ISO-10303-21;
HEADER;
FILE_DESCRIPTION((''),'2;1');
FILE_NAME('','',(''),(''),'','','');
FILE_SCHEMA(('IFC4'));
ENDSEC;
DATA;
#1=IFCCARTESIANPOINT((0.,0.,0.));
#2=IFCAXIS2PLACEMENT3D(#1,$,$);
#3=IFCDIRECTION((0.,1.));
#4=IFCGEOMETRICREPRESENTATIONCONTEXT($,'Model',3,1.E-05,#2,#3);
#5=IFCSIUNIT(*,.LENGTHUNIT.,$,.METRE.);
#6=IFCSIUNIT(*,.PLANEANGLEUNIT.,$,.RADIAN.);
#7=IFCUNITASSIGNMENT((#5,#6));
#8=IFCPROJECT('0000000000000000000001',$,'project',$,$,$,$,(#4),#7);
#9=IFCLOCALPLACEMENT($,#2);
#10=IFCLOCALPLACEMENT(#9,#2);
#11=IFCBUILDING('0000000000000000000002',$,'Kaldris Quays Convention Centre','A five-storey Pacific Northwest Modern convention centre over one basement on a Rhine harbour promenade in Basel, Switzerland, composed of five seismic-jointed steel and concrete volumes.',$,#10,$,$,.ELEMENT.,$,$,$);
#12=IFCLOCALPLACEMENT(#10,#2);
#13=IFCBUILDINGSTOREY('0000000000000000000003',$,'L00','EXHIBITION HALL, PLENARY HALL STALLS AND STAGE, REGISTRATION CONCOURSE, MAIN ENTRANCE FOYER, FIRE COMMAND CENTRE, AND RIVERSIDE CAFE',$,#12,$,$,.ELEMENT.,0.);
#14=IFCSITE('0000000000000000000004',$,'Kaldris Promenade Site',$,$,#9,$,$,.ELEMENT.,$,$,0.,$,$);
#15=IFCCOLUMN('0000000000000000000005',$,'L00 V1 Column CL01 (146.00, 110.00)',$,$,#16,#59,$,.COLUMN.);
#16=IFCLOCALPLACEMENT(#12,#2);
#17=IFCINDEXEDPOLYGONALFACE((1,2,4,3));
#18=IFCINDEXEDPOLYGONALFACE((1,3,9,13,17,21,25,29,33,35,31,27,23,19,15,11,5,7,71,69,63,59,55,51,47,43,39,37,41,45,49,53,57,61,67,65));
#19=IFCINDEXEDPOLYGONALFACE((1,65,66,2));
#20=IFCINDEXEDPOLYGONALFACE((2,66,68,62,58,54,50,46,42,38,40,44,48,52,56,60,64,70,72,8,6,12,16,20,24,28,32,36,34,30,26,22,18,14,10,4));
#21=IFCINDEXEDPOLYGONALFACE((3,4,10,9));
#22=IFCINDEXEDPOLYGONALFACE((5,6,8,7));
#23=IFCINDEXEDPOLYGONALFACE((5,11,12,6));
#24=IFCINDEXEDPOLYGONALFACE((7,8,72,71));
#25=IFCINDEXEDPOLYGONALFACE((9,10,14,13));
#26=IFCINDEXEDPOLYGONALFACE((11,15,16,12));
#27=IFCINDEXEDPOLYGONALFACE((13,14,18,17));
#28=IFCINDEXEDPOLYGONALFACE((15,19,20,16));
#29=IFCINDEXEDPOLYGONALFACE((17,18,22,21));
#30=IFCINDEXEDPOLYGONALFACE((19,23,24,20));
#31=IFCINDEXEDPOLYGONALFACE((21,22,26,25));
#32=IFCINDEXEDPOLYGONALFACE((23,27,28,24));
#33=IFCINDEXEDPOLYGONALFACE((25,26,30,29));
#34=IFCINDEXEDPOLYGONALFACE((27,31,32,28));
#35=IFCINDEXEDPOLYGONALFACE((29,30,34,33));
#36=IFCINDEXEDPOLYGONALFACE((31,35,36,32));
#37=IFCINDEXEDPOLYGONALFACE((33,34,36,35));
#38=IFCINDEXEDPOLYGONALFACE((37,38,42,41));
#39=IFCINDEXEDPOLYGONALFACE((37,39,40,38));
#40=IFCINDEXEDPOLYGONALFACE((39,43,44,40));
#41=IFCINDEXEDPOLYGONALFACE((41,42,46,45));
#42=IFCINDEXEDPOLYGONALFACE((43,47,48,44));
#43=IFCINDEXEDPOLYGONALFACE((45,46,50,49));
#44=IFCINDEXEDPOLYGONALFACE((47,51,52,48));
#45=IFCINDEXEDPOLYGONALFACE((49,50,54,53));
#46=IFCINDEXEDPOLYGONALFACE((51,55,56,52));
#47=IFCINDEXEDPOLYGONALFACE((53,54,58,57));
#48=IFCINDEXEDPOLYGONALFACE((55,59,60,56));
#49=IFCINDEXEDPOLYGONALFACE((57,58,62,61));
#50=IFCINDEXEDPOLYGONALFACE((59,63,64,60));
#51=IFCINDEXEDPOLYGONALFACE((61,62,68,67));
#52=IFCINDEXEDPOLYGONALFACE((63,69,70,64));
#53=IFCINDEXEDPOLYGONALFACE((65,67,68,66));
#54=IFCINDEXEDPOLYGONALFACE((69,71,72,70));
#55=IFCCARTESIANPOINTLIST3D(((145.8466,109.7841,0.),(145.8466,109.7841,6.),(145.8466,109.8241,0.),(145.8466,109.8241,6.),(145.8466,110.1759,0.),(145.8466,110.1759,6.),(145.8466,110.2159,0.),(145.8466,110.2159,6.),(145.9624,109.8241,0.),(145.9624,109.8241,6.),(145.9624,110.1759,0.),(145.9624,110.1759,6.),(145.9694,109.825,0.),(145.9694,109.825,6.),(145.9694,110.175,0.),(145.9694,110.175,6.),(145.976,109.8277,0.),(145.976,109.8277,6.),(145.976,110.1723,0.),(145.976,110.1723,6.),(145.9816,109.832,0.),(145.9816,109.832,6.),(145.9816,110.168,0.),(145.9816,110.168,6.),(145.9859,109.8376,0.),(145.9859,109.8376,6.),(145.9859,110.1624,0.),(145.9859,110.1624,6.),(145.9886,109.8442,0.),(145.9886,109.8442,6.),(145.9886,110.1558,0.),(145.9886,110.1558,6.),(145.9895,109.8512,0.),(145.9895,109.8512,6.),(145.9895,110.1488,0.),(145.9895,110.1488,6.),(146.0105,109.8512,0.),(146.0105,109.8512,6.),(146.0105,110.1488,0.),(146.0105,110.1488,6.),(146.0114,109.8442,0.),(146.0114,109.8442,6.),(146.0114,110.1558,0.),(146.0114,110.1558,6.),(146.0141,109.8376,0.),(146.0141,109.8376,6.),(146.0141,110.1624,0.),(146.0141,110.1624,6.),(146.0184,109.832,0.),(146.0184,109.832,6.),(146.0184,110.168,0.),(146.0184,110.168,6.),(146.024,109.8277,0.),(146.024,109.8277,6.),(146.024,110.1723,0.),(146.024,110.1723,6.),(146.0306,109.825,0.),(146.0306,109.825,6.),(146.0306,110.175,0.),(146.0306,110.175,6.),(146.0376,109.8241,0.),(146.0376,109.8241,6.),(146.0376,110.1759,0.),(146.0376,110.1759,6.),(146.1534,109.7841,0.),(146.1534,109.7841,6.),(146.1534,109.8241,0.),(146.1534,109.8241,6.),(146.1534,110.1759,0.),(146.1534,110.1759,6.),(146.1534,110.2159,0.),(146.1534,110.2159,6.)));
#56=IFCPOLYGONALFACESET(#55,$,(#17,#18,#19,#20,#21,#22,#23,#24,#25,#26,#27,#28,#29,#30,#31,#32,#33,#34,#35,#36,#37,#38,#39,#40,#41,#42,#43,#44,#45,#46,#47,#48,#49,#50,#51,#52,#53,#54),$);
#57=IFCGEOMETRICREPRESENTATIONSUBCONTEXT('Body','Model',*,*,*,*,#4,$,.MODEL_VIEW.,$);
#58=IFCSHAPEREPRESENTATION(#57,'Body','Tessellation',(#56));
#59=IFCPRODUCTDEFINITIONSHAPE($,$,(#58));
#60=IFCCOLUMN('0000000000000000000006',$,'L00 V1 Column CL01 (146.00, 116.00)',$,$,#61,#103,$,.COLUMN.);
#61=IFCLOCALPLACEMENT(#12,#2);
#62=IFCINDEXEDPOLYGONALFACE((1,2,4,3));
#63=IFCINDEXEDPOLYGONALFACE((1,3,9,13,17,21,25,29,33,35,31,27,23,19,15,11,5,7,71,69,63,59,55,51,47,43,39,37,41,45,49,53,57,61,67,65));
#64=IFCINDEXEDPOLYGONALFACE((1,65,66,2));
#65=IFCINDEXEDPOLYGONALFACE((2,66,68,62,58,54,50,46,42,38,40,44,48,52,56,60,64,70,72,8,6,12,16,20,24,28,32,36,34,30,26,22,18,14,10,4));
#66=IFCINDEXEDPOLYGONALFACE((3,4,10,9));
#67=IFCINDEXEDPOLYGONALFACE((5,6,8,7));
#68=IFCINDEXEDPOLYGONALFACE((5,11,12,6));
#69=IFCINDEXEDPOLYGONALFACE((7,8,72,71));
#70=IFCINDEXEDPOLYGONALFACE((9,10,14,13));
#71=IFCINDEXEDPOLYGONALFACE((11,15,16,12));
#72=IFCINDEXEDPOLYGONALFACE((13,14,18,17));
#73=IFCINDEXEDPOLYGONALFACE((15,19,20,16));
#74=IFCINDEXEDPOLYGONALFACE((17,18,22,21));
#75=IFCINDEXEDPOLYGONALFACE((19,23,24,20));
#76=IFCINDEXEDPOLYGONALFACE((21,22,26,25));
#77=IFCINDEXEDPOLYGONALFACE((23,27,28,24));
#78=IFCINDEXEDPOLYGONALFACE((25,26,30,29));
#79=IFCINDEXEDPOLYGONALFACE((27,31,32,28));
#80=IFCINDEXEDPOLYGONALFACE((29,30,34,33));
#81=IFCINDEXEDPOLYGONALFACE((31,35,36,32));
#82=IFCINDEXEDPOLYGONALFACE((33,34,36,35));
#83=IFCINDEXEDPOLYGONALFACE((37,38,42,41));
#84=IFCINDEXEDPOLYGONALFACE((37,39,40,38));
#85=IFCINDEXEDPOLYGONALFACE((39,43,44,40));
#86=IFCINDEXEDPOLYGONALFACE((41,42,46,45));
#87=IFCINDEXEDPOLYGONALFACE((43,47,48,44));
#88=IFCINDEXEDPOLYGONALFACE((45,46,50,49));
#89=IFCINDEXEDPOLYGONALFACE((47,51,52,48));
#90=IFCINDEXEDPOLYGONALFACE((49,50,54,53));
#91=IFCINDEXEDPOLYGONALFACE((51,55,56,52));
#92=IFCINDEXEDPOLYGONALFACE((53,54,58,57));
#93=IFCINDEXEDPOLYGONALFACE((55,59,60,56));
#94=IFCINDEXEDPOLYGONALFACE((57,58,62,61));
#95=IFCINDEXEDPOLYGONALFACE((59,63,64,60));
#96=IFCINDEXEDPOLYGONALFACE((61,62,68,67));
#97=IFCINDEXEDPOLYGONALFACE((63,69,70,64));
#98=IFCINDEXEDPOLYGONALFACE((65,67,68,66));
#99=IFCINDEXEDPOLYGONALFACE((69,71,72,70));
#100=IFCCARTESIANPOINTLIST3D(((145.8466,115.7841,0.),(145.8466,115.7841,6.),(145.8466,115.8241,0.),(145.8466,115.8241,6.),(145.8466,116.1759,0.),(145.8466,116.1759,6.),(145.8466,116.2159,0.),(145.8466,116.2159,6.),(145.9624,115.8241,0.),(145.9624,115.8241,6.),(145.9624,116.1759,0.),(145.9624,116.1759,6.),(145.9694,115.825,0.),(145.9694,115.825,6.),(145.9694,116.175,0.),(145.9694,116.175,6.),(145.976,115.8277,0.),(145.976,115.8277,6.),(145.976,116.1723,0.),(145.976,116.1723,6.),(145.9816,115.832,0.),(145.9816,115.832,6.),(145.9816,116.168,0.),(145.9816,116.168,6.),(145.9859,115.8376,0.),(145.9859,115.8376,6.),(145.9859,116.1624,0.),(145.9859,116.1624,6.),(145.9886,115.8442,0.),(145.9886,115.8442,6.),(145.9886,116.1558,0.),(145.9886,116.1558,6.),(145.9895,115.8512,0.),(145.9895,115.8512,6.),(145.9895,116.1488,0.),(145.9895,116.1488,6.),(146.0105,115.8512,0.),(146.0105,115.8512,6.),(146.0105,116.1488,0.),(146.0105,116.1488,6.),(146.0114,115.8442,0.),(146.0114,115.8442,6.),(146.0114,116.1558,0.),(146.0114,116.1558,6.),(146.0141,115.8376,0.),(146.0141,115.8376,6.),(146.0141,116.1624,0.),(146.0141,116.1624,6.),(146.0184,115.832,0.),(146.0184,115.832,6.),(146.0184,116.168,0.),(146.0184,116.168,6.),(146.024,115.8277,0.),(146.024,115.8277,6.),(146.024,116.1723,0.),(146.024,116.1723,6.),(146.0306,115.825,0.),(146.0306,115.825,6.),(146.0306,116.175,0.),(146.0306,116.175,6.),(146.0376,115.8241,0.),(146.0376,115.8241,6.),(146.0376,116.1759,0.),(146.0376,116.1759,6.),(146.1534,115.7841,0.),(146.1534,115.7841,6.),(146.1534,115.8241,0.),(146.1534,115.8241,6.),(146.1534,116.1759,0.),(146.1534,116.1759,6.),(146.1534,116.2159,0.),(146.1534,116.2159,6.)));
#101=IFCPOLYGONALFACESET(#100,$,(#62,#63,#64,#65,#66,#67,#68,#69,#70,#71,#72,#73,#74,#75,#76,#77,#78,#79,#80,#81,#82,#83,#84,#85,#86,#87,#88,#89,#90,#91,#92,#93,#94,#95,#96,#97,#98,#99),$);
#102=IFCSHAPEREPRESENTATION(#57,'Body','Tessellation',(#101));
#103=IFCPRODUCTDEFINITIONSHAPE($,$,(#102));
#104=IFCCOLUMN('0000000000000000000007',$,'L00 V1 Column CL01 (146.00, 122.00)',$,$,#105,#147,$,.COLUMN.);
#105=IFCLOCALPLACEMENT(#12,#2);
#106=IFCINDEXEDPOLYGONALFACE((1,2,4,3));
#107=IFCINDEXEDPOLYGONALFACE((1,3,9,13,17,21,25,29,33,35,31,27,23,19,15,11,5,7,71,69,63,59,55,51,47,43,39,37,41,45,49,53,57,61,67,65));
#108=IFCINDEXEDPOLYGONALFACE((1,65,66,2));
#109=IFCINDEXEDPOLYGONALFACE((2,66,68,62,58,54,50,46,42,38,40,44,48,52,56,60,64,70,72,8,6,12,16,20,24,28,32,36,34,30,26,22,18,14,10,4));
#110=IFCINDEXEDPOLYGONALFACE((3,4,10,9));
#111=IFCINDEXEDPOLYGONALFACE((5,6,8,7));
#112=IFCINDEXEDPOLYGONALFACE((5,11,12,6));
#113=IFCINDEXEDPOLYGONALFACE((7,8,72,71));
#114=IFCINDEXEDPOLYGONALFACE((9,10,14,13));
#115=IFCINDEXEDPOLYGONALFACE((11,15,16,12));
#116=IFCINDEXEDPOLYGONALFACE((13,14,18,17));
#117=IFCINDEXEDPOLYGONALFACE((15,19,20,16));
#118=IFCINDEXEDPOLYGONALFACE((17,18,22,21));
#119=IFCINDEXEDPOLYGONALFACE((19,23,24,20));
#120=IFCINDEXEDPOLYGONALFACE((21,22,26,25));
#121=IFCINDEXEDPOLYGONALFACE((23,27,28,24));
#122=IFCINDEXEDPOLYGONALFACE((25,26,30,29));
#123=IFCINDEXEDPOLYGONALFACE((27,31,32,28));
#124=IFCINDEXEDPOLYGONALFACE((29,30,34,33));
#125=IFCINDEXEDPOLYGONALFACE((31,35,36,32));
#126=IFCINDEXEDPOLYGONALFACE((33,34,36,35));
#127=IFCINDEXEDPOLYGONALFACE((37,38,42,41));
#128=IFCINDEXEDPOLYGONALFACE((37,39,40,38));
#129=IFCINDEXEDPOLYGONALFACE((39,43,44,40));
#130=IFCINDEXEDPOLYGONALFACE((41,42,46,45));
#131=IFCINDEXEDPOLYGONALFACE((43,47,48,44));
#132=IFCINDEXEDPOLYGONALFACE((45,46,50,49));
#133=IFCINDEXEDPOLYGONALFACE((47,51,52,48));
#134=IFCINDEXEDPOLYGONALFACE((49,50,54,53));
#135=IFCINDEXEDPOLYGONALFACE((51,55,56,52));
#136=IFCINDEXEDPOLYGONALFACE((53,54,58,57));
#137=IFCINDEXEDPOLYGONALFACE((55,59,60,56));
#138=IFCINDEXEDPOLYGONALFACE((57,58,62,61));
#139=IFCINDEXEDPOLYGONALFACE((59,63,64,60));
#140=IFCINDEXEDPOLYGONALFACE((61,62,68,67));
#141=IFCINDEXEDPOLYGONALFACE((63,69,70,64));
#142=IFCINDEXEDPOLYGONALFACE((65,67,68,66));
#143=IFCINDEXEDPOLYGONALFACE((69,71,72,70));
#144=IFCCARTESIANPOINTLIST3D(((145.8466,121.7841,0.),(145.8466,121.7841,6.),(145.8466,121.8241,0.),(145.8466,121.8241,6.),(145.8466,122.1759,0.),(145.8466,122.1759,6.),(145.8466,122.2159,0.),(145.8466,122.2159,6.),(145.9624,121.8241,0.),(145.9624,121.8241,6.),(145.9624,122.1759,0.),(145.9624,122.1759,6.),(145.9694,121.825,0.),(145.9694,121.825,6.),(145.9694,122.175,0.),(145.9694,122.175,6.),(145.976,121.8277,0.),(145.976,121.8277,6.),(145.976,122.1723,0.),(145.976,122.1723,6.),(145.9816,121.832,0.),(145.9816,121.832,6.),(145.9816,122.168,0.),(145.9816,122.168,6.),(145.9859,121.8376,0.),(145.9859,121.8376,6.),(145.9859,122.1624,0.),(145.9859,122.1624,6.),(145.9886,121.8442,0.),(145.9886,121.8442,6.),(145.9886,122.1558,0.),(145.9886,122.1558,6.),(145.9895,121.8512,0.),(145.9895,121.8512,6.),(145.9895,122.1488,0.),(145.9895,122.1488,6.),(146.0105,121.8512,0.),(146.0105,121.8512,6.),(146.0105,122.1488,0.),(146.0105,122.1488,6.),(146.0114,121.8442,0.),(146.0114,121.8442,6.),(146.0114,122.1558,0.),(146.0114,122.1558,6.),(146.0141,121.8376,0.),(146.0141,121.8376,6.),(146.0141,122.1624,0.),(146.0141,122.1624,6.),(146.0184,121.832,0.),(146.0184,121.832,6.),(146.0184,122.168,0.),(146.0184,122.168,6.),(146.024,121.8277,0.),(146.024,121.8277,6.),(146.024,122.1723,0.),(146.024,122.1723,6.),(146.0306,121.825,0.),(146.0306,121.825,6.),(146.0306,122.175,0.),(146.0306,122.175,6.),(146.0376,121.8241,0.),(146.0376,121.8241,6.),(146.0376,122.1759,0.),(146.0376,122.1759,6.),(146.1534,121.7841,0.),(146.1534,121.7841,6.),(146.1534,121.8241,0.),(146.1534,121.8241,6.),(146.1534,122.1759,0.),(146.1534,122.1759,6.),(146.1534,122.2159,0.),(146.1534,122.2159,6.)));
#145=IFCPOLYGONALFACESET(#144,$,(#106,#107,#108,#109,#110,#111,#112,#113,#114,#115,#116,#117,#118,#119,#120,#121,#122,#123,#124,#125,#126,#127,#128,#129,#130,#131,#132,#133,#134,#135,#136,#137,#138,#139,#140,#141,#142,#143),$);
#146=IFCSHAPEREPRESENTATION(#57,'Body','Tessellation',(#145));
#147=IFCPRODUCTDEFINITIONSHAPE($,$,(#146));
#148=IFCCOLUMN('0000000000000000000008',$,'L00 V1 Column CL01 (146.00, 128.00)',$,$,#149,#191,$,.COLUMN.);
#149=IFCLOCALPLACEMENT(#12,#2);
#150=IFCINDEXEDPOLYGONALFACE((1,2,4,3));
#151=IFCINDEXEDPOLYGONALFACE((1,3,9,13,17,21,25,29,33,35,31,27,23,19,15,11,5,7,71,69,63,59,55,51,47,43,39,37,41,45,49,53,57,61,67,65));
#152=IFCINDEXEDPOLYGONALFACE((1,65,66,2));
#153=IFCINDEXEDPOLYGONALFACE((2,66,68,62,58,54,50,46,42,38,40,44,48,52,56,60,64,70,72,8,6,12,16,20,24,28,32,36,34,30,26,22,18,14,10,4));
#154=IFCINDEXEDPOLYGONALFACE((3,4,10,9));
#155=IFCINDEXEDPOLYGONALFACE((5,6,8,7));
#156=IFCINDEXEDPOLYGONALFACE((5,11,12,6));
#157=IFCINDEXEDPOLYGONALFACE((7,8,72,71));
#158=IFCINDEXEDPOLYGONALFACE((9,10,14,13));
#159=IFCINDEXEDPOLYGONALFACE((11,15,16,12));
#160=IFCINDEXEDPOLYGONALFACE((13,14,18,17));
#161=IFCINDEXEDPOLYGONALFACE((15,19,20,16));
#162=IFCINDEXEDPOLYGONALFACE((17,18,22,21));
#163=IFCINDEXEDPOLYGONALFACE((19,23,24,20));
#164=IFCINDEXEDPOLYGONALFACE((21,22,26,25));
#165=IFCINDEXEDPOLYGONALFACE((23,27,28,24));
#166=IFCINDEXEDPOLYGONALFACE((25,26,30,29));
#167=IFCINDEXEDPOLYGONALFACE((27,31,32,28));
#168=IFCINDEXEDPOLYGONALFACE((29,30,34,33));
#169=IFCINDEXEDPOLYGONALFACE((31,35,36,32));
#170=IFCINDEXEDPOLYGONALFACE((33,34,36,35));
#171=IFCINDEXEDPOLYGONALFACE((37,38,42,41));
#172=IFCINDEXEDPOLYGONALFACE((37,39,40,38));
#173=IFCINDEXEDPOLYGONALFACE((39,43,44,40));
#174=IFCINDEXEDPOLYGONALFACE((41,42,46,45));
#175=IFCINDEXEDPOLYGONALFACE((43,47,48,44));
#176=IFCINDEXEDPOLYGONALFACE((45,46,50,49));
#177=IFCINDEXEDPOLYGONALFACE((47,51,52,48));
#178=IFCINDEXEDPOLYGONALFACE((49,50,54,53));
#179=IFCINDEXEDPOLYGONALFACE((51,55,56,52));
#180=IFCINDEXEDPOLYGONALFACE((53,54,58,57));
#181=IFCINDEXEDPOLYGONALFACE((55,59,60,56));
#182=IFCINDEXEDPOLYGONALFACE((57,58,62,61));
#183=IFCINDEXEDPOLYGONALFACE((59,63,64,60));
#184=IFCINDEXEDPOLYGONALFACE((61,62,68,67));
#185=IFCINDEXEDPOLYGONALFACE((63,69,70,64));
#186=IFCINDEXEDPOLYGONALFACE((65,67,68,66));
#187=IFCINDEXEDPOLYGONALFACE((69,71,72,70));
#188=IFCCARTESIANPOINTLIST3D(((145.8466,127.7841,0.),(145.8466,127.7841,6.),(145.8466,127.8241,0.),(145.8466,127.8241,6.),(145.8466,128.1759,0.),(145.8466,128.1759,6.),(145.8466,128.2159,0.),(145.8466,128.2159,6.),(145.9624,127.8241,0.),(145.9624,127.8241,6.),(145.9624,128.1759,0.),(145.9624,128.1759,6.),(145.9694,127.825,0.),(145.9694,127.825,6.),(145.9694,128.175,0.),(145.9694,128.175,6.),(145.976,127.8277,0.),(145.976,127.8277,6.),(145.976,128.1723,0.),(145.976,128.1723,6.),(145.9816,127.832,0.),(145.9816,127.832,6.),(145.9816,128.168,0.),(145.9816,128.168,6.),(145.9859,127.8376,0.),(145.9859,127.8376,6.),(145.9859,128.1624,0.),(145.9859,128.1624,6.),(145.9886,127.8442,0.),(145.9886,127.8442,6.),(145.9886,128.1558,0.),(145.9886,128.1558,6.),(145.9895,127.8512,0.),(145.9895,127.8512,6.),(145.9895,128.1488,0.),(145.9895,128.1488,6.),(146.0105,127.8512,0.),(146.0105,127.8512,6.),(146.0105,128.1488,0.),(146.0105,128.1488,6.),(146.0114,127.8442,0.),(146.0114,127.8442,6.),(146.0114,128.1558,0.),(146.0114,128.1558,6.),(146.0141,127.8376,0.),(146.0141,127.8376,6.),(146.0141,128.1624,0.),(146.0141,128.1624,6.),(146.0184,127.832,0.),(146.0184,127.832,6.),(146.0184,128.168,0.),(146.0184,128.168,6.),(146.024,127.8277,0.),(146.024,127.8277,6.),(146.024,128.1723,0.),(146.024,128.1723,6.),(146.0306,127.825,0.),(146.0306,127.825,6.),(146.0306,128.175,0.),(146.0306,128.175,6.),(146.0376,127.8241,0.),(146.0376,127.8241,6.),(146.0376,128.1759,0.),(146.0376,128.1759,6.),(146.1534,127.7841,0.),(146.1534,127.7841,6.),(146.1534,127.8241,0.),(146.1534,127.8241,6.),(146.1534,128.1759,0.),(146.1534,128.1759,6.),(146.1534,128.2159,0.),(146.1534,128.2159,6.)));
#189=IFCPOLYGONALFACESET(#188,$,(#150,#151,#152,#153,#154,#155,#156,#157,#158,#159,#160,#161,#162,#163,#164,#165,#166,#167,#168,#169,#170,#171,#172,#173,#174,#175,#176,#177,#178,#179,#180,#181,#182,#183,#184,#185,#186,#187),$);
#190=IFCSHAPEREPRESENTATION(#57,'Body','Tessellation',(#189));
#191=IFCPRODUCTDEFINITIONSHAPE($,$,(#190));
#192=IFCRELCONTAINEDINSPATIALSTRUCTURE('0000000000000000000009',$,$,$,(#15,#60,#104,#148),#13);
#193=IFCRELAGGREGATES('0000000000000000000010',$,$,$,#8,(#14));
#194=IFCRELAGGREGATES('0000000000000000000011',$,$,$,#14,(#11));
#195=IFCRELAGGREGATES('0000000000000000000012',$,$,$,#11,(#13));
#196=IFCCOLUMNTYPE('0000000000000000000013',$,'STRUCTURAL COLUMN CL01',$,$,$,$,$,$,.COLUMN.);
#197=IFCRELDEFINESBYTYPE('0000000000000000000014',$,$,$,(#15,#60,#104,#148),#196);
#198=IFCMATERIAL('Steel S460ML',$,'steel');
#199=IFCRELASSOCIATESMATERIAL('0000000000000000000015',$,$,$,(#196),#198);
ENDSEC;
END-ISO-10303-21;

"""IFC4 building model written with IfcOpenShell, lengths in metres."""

from ifc_helpers import new_model, si_unit, direction, frame, origin, origin_2d, place, context, subcontext, project, spatial, i_section, extrude, material, material_profile, profile_set, type_object, element, save


model = new_model("IFC4")

# Units and contexts
model_context = context("Model", 3, precision=1e-05, world=origin(), true_north=direction((0.0, 1.0)))
body_context = subcontext(model_context, "Body", "Model", "MODEL_VIEW")
ifc_project = project(units=[si_unit("LENGTHUNIT", "METRE"), si_unit("PLANEANGLEUNIT", "RADIAN")], contexts=[model_context])

# Site, building, storey
site_placement = place(None, origin())
site = spatial("IfcSite", under=ifc_project, at=site_placement, Name="Kaldris Promenade Site", CompositionType="ELEMENT", RefElevation=0.0)
building_placement = place(site_placement, origin())
building = spatial("IfcBuilding", under=site, at=building_placement, Name="Kaldris Quays Convention Centre", Description="A five-storey Pacific Northwest Modern convention centre over one basement on a Rhine harbour promenade in Basel, Switzerland, composed of five seismic-jointed steel and concrete volumes.", CompositionType="ELEMENT")
storey_placement = place(building_placement, origin())
storey = spatial("IfcBuildingStorey", under=building, at=storey_placement, Name="L00", Description="EXHIBITION HALL, PLENARY HALL STALLS AND STAGE, REGISTRATION CONCOURSE, MAIN ENTRANCE FOYER, FIRE COMMAND CENTRE, AND RIVERSIDE CAFE", CompositionType="ELEMENT", Elevation=0.0)

# Columns
ifc_material_1 = material(Name="Steel S460ML", Category="steel")
ifc_material_profile_1 = material_profile(ifc_material_1, i_section(OverallWidth=0.3069, OverallDepth=0.4319, WebThickness=0.021, FlangeThickness=0.04, FilletRadius=0.0271, at=origin_2d()), Name="HEM 400")
ifc_profile_set_1 = profile_set([ifc_material_profile_1], Name="Steel S460ML")
column_type_1 = type_object("IfcColumnType", Name="STRUCTURAL COLUMN CL01", PredefinedType="COLUMN", material=ifc_profile_set_1)
for number, where, z_axis, x_axis, name in (
    (1, (146.0, 110.0, 0.0), (0.0, 0.0, 1.0), (1.0, 0.0, 0.0), "L00 V1 Column CL01 (146.00, 110.00)"),
    (2, (146.0, 116.0, 0.0), (0.0, 0.0, 1.0), (1.0, 0.0, 0.0), "L00 V1 Column CL01 (146.00, 116.00)"),
    (3, (146.0, 122.0, 0.0), (0.0, 0.0, 1.0), (1.0, 0.0, 0.0), "L00 V1 Column CL01 (146.00, 122.00)"),
    (4, (146.0, 128.0, 0.0), (0.0, 0.0, 1.0), (1.0, 0.0, 0.0), "L00 V1 Column CL01 (146.00, 128.00)"),
):
    element("IfcColumn", number, at=place(storey_placement, frame(where, z_axis=z_axis, x_axis=x_axis)), inside=storey, type_object=column_type_1, Name=name, PredefinedType="COLUMN", context=body_context, shape_type="SweptSolid", body=[
        extrude(i_section(OverallWidth=0.3069, OverallDepth=0.4319, WebThickness=0.021, FlangeThickness=0.04, FilletRadius=0.0271, at=origin_2d()), origin(), (0.0, 0.0, 1.0), 6.0),
    ])

save(model, "model.ifc")
